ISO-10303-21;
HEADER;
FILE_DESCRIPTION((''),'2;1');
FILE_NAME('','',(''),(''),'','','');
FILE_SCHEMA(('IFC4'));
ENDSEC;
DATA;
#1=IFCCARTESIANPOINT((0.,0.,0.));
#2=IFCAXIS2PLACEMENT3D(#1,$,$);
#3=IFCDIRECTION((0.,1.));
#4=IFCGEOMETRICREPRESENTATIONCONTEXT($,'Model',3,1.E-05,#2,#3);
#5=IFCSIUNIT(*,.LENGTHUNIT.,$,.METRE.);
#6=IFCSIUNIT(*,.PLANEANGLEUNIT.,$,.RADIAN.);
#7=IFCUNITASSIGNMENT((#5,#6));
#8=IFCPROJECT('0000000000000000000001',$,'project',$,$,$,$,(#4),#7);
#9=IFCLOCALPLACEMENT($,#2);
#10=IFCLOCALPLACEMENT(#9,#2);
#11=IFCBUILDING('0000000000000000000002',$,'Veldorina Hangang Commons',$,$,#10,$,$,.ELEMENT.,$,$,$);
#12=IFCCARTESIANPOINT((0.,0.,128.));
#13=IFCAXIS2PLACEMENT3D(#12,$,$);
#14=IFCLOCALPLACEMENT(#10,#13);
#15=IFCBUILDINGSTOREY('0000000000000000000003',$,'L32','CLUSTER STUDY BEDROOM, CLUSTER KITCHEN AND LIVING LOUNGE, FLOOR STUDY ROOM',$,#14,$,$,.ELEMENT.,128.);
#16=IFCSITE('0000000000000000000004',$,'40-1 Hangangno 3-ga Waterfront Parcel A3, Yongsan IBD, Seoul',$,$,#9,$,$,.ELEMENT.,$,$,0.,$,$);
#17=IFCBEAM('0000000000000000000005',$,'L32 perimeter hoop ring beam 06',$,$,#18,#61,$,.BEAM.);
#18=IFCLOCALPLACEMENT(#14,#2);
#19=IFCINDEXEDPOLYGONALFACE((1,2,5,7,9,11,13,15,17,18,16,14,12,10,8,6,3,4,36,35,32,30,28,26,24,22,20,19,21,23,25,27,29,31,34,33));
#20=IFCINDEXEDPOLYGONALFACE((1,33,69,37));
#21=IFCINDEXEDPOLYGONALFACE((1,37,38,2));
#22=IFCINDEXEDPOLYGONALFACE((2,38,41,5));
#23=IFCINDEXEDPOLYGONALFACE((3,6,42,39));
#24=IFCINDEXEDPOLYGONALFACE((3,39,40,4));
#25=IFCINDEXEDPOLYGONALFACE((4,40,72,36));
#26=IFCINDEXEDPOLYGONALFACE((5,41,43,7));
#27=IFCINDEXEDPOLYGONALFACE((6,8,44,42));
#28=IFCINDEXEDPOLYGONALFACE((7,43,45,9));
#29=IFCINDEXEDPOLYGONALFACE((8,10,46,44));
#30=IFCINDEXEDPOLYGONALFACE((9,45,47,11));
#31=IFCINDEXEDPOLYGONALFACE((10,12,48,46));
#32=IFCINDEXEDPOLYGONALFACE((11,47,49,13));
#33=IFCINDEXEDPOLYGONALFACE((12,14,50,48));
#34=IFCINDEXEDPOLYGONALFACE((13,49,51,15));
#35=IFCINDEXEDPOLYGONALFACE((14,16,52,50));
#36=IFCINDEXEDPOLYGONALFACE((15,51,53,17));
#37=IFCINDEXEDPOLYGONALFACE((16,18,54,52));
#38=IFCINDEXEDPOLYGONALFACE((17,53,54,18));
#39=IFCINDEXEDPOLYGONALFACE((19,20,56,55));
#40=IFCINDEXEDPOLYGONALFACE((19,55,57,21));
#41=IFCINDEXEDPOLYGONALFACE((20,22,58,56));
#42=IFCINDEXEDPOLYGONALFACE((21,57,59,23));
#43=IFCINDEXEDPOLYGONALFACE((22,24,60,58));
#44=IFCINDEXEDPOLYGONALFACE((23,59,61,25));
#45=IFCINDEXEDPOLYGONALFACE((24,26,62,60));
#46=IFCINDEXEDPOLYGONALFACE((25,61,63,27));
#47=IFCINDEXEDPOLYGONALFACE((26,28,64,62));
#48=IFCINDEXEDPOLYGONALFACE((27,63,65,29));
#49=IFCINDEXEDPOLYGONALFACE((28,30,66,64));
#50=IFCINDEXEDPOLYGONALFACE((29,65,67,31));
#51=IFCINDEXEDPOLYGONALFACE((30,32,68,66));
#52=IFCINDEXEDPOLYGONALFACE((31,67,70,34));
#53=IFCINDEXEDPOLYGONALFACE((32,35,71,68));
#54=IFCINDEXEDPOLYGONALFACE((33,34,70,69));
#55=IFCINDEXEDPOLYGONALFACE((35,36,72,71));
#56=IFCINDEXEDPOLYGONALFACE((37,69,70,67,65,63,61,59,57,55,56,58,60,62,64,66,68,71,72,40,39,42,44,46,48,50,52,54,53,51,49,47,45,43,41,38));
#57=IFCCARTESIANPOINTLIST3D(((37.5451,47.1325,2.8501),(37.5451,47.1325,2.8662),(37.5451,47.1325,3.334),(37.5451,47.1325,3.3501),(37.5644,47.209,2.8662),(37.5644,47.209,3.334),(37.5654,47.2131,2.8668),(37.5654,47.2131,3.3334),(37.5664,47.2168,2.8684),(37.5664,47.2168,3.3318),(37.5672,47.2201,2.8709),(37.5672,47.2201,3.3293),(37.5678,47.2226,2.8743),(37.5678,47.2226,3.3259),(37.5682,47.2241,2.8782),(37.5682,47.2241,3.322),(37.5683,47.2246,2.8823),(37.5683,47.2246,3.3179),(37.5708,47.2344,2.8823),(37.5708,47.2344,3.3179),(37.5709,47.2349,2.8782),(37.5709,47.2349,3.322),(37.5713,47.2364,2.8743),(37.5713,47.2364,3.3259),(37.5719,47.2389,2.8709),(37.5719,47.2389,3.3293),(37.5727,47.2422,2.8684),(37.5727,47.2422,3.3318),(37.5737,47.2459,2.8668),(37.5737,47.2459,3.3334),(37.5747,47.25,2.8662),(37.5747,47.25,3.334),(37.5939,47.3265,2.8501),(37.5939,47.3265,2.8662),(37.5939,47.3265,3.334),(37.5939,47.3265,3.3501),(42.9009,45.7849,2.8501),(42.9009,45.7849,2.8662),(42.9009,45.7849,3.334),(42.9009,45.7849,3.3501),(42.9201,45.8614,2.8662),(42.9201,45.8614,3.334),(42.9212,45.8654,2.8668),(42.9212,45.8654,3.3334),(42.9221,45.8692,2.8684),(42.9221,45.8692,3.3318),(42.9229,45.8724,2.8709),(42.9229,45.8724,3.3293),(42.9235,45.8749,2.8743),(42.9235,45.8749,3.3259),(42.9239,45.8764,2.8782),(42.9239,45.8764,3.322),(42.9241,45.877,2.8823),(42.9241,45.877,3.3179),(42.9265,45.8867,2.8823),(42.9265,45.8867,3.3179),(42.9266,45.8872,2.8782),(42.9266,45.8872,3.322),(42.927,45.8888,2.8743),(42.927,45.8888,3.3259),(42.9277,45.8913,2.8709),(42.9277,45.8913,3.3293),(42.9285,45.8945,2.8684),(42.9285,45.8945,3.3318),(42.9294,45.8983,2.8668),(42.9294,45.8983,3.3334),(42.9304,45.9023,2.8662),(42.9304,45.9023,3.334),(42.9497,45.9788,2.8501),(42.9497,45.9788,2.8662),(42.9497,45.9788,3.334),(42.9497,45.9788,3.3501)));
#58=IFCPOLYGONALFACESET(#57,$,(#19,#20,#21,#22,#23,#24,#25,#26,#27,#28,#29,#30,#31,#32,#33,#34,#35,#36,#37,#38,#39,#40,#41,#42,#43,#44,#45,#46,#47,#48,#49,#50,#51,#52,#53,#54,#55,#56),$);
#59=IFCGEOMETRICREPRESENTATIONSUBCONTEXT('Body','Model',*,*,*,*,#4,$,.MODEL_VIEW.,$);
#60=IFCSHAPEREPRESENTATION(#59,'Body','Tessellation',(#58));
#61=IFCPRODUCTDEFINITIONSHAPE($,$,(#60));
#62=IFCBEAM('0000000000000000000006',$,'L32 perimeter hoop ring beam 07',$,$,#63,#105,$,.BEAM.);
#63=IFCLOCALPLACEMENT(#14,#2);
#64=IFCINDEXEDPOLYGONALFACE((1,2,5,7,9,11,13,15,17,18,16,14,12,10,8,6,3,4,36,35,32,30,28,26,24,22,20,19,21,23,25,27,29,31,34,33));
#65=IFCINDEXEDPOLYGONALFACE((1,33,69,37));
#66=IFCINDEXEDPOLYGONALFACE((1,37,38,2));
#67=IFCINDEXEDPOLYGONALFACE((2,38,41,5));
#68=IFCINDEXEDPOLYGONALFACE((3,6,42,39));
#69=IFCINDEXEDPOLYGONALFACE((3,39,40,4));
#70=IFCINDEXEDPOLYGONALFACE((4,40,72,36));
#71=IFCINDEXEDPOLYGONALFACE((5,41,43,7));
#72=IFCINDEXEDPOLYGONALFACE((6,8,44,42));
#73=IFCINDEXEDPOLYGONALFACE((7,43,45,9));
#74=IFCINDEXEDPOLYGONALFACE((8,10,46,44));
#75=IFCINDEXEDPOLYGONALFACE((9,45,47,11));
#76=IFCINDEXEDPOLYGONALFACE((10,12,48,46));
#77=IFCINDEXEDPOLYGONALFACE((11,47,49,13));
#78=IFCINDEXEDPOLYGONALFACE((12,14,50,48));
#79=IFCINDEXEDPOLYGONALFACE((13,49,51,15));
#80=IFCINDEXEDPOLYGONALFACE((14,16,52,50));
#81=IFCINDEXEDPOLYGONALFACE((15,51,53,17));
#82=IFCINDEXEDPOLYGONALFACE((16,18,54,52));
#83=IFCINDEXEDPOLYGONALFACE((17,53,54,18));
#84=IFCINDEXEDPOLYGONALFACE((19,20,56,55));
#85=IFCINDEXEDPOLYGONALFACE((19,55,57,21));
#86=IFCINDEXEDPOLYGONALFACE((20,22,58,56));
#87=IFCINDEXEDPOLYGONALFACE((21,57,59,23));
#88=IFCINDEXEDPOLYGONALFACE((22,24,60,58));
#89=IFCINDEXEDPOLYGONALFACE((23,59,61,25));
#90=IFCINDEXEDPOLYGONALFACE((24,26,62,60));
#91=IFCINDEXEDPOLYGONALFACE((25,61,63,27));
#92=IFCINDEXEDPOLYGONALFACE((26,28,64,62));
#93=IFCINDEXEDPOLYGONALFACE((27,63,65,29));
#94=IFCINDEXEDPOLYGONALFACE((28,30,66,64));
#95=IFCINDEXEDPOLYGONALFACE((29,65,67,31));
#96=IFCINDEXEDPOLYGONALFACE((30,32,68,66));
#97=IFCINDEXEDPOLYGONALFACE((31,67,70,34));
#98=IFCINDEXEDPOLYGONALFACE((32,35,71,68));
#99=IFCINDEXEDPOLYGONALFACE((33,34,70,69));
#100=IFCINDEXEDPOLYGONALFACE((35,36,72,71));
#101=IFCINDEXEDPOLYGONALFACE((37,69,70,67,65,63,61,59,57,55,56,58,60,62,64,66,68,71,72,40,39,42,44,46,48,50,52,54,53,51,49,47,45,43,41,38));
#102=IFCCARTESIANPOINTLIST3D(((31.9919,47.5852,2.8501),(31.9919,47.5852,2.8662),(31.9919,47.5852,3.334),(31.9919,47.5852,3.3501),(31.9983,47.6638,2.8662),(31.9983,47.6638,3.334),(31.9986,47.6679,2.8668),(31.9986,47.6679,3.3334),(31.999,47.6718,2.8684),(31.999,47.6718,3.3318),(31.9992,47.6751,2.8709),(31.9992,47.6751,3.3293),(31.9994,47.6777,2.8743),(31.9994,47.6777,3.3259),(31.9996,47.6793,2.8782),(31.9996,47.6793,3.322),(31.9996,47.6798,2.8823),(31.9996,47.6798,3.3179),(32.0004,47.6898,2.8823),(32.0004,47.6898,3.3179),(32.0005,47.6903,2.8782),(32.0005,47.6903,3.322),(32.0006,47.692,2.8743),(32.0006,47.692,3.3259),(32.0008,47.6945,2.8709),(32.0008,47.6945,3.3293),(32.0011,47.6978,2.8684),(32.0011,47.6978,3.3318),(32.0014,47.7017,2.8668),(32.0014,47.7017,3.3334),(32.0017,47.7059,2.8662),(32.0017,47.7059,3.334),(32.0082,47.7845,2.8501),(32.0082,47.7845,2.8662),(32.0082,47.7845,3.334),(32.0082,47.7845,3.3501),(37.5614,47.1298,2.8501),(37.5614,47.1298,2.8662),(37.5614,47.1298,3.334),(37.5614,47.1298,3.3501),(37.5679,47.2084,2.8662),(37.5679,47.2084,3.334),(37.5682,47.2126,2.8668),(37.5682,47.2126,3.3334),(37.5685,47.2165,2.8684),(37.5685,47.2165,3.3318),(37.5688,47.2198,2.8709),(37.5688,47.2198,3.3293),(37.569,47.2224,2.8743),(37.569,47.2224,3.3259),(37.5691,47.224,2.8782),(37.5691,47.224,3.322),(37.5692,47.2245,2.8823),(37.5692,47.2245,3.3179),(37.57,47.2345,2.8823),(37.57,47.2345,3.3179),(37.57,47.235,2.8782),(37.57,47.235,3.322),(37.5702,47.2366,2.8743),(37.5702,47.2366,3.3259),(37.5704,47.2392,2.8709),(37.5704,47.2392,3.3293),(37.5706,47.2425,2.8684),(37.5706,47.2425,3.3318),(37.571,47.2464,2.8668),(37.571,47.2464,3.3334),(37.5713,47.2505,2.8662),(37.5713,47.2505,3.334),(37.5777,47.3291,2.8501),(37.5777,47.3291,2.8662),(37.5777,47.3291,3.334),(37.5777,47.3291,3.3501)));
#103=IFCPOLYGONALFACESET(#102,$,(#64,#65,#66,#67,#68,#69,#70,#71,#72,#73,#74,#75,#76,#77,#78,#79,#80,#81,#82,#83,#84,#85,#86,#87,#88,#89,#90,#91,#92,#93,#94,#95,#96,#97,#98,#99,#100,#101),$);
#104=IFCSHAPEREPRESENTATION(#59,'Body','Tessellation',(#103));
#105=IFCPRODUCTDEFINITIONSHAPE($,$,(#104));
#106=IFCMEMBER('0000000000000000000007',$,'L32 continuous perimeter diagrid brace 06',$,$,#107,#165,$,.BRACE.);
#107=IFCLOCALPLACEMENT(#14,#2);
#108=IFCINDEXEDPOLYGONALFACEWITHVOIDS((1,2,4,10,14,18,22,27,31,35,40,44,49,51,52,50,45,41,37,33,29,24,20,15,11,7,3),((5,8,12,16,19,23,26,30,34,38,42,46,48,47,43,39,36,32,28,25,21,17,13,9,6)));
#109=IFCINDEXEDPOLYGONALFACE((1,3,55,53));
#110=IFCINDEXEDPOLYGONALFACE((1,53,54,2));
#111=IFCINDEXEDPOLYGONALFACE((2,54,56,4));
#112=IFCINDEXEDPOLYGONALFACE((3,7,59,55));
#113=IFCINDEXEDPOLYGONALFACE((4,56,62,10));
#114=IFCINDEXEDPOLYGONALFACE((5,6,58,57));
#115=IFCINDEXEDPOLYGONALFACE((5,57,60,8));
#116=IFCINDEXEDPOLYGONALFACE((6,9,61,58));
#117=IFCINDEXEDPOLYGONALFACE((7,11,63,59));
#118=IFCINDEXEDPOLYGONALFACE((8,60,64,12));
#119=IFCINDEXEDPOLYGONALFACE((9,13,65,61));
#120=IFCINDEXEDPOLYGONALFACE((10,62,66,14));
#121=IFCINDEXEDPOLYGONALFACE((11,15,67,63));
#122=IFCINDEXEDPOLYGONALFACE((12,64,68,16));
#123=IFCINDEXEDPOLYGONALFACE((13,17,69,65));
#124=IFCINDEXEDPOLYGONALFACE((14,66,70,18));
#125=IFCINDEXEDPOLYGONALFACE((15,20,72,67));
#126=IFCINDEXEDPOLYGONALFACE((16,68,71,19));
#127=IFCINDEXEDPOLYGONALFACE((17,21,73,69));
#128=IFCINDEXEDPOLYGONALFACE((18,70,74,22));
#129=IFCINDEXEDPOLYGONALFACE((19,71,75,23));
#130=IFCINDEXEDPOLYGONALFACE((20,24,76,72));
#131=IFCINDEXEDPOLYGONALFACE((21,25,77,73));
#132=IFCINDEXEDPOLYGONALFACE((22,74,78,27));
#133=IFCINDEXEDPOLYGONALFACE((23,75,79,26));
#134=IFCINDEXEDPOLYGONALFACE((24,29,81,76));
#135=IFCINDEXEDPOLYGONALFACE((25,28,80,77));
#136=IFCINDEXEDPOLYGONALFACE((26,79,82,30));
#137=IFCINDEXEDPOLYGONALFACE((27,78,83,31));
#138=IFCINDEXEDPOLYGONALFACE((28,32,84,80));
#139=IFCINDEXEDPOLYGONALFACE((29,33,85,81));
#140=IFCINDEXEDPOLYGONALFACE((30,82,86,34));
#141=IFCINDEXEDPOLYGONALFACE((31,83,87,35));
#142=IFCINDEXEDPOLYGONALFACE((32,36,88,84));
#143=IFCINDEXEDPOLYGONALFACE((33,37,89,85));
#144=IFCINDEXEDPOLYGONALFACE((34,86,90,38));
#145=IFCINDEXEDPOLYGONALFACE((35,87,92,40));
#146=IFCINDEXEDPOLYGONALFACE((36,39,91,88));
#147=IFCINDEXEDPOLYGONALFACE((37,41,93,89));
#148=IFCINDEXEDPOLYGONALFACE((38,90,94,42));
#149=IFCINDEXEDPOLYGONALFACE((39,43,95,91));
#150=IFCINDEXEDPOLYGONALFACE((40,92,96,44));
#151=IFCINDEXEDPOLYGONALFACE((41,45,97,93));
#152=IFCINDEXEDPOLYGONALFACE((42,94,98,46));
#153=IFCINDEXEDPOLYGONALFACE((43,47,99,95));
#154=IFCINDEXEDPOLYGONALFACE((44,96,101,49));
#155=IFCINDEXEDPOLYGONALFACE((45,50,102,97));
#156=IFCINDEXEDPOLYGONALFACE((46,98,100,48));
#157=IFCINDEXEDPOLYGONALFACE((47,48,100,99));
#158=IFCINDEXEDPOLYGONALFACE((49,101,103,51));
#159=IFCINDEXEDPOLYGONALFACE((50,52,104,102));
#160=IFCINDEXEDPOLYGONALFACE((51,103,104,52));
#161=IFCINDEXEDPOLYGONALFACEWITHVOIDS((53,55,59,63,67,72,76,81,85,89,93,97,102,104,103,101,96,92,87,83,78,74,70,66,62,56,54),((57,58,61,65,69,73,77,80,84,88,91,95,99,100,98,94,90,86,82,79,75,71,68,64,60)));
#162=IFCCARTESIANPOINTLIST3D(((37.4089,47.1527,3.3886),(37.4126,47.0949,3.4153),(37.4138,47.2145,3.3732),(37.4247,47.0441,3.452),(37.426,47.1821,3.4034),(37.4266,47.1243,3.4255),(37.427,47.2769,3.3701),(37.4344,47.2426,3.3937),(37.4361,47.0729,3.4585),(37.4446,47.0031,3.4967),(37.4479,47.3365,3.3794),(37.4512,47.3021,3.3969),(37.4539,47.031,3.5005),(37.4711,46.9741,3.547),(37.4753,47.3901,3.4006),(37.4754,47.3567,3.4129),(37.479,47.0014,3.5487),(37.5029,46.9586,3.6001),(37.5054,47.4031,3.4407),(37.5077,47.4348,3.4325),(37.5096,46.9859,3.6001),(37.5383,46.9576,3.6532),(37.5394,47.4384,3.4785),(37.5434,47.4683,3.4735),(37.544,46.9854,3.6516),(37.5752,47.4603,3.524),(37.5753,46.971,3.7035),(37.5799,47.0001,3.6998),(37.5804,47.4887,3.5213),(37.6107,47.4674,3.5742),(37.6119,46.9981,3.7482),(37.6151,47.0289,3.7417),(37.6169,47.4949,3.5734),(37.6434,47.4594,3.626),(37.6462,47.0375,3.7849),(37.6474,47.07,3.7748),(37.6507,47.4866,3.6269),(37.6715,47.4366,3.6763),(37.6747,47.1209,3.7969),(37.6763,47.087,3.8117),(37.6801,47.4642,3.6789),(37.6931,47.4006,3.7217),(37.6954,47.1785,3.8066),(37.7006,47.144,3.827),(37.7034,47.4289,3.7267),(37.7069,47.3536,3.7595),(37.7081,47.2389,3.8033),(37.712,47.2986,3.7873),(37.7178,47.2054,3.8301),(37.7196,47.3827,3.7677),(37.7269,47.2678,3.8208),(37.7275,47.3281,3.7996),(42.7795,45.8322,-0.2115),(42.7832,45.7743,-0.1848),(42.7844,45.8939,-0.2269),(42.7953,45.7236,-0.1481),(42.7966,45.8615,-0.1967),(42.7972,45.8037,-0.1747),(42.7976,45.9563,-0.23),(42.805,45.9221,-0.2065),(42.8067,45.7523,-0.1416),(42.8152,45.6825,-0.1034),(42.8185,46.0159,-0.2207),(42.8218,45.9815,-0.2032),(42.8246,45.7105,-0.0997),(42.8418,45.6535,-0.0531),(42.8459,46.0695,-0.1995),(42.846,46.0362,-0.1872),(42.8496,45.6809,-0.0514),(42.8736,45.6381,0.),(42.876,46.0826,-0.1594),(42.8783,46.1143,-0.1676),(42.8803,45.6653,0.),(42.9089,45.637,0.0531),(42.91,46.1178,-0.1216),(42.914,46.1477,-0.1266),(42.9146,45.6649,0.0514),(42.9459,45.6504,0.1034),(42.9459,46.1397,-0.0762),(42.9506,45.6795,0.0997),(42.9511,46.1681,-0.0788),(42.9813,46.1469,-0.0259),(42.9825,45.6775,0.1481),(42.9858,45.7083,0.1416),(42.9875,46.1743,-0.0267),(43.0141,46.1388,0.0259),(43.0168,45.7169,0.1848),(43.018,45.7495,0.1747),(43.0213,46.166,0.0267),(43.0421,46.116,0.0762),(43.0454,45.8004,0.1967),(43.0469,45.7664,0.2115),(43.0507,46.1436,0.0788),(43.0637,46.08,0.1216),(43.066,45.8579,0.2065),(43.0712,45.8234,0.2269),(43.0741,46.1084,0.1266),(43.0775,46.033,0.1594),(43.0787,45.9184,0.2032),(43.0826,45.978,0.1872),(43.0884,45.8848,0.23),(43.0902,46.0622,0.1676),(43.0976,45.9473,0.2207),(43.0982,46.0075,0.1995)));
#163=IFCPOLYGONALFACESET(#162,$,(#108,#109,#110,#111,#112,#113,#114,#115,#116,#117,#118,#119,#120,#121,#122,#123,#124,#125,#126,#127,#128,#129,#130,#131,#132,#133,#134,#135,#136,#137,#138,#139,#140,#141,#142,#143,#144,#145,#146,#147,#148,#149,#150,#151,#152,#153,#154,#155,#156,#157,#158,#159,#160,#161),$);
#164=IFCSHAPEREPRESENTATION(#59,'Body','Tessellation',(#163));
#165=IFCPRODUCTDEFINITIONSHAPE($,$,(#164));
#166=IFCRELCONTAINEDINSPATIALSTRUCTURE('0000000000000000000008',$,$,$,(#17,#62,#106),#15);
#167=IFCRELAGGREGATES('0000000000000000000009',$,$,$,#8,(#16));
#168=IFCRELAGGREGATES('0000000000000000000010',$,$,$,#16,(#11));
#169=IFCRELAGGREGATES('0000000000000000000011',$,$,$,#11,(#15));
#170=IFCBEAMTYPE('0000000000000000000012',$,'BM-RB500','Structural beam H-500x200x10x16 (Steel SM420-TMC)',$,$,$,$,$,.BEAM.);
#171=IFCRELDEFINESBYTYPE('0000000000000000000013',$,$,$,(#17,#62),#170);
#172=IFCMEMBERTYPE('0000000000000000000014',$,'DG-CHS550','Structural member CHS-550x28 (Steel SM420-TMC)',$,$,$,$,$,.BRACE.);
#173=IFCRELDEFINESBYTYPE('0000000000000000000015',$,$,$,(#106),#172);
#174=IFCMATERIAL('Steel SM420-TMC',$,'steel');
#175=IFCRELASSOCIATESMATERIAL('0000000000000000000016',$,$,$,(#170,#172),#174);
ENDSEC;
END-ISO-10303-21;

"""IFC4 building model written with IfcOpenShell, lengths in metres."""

from ifc_helpers import new_model, si_unit, direction, frame, origin, origin_2d, place, context, subcontext, project, spatial, hollow_circle, i_section, extrude, material, material_profile, profile_set, type_object, element, save


model = new_model("IFC4")

# Units and contexts
model_context = context("Model", 3, precision=1e-05, world=origin(), true_north=direction((0.0, 1.0)))
body_context = subcontext(model_context, "Body", "Model", "MODEL_VIEW")
ifc_project = project(units=[si_unit("LENGTHUNIT", "METRE"), si_unit("PLANEANGLEUNIT", "RADIAN")], contexts=[model_context])

# Site, building, storey
site_placement = place(None, origin())
site = spatial("IfcSite", under=ifc_project, at=site_placement, Name="40-1 Hangangno 3-ga Waterfront Parcel A3, Yongsan IBD, Seoul", CompositionType="ELEMENT", RefElevation=0.0)
building_placement = place(site_placement, origin())
building = spatial("IfcBuilding", under=site, at=building_placement, Name="Veldorina Hangang Commons", CompositionType="ELEMENT")
storey_placement = place(building_placement, frame((0.0, 0.0, 128.0)))
storey = spatial("IfcBuildingStorey", under=building, at=storey_placement, Name="L32", Description="CLUSTER STUDY BEDROOM, CLUSTER KITCHEN AND LIVING LOUNGE, FLOOR STUDY ROOM", CompositionType="ELEMENT", Elevation=128.0)

# Beams
ifc_material_1 = material(Name="Steel SM420-TMC", Category="steel")
ifc_material_profile_1 = material_profile(ifc_material_1, i_section(OverallWidth=0.2, OverallDepth=0.5, WebThickness=0.01, FlangeThickness=0.0161, FilletRadius=0.0161, at=origin_2d()), Name="H-500x200x10x16")
ifc_profile_set_1 = profile_set([ifc_material_profile_1], Name="Steel SM420-TMC")
beam_type = type_object("IfcBeamType", Name="BM-RB500", Description="Structural beam H-500x200x10x16 (Steel SM420-TMC)", PredefinedType="BEAM", material=ifc_profile_set_1)
beam_1_placement = place(storey_placement, frame((42.9253, 45.8818, 3.1001), z_axis=(-0.96977, 0.244023, 0.0), x_axis=(-0.244023, -0.96977, 0.0)))
element("IfcBeam", 1, at=beam_1_placement, inside=storey, type_object=beam_type, Name="L32 perimeter hoop ring beam 06", PredefinedType="BEAM", context=body_context, shape_type="SweptSolid", body=[
    extrude(i_section(OverallWidth=0.2, OverallDepth=0.5, WebThickness=0.01, FlangeThickness=0.0161, FilletRadius=0.0161, at=origin_2d()), origin(), (0.0, 0.0, 1.0), 5.5227),
])
beam_2_placement = place(storey_placement, frame((37.5696, 47.2295, 3.1001), z_axis=(-0.996675, 0.08148, 0.0), x_axis=(-0.08148, -0.996675, 0.0)))
element("IfcBeam", 2, at=beam_2_placement, inside=storey, type_object=beam_type, Name="L32 perimeter hoop ring beam 07", PredefinedType="BEAM", context=body_context, shape_type="SweptSolid", body=[
    extrude(i_section(OverallWidth=0.2, OverallDepth=0.5, WebThickness=0.01, FlangeThickness=0.0161, FilletRadius=0.0161, at=origin_2d()), origin(), (0.0, 0.0, 1.0), 5.5881),
])

# Member
ifc_material_profile_2 = material_profile(ifc_material_1, hollow_circle(Radius=0.2749, WallThickness=0.0281, at=origin_2d()), Name="CHS-550x28")
ifc_profile_set_2 = profile_set([ifc_material_profile_2], Name="Steel SM420-TMC")
member_type = type_object("IfcMemberType", Name="DG-CHS550", Description="Structural member CHS-550x28 (Steel SM420-TMC)", PredefinedType="BRACE", material=ifc_profile_set_2)
member_1_placement = place(storey_placement, frame((42.9392, 45.905, 0.0), z_axis=(-0.81384, 0.200112, 0.545545), x_axis=(-0.238774, -0.971075, 0.0)))
element("IfcMember", 3, at=member_1_placement, inside=storey, type_object=member_type, Name="L32 continuous perimeter diagrid brace 06", PredefinedType="BRACE", context=body_context, shape_type="SweptSolid", body=[
    extrude(hollow_circle(Radius=0.2749, WallThickness=0.0281, at=origin_2d()), origin(), (0.0, 0.0, 1.0), 6.5991),
])

save(model, "model.ifc")
